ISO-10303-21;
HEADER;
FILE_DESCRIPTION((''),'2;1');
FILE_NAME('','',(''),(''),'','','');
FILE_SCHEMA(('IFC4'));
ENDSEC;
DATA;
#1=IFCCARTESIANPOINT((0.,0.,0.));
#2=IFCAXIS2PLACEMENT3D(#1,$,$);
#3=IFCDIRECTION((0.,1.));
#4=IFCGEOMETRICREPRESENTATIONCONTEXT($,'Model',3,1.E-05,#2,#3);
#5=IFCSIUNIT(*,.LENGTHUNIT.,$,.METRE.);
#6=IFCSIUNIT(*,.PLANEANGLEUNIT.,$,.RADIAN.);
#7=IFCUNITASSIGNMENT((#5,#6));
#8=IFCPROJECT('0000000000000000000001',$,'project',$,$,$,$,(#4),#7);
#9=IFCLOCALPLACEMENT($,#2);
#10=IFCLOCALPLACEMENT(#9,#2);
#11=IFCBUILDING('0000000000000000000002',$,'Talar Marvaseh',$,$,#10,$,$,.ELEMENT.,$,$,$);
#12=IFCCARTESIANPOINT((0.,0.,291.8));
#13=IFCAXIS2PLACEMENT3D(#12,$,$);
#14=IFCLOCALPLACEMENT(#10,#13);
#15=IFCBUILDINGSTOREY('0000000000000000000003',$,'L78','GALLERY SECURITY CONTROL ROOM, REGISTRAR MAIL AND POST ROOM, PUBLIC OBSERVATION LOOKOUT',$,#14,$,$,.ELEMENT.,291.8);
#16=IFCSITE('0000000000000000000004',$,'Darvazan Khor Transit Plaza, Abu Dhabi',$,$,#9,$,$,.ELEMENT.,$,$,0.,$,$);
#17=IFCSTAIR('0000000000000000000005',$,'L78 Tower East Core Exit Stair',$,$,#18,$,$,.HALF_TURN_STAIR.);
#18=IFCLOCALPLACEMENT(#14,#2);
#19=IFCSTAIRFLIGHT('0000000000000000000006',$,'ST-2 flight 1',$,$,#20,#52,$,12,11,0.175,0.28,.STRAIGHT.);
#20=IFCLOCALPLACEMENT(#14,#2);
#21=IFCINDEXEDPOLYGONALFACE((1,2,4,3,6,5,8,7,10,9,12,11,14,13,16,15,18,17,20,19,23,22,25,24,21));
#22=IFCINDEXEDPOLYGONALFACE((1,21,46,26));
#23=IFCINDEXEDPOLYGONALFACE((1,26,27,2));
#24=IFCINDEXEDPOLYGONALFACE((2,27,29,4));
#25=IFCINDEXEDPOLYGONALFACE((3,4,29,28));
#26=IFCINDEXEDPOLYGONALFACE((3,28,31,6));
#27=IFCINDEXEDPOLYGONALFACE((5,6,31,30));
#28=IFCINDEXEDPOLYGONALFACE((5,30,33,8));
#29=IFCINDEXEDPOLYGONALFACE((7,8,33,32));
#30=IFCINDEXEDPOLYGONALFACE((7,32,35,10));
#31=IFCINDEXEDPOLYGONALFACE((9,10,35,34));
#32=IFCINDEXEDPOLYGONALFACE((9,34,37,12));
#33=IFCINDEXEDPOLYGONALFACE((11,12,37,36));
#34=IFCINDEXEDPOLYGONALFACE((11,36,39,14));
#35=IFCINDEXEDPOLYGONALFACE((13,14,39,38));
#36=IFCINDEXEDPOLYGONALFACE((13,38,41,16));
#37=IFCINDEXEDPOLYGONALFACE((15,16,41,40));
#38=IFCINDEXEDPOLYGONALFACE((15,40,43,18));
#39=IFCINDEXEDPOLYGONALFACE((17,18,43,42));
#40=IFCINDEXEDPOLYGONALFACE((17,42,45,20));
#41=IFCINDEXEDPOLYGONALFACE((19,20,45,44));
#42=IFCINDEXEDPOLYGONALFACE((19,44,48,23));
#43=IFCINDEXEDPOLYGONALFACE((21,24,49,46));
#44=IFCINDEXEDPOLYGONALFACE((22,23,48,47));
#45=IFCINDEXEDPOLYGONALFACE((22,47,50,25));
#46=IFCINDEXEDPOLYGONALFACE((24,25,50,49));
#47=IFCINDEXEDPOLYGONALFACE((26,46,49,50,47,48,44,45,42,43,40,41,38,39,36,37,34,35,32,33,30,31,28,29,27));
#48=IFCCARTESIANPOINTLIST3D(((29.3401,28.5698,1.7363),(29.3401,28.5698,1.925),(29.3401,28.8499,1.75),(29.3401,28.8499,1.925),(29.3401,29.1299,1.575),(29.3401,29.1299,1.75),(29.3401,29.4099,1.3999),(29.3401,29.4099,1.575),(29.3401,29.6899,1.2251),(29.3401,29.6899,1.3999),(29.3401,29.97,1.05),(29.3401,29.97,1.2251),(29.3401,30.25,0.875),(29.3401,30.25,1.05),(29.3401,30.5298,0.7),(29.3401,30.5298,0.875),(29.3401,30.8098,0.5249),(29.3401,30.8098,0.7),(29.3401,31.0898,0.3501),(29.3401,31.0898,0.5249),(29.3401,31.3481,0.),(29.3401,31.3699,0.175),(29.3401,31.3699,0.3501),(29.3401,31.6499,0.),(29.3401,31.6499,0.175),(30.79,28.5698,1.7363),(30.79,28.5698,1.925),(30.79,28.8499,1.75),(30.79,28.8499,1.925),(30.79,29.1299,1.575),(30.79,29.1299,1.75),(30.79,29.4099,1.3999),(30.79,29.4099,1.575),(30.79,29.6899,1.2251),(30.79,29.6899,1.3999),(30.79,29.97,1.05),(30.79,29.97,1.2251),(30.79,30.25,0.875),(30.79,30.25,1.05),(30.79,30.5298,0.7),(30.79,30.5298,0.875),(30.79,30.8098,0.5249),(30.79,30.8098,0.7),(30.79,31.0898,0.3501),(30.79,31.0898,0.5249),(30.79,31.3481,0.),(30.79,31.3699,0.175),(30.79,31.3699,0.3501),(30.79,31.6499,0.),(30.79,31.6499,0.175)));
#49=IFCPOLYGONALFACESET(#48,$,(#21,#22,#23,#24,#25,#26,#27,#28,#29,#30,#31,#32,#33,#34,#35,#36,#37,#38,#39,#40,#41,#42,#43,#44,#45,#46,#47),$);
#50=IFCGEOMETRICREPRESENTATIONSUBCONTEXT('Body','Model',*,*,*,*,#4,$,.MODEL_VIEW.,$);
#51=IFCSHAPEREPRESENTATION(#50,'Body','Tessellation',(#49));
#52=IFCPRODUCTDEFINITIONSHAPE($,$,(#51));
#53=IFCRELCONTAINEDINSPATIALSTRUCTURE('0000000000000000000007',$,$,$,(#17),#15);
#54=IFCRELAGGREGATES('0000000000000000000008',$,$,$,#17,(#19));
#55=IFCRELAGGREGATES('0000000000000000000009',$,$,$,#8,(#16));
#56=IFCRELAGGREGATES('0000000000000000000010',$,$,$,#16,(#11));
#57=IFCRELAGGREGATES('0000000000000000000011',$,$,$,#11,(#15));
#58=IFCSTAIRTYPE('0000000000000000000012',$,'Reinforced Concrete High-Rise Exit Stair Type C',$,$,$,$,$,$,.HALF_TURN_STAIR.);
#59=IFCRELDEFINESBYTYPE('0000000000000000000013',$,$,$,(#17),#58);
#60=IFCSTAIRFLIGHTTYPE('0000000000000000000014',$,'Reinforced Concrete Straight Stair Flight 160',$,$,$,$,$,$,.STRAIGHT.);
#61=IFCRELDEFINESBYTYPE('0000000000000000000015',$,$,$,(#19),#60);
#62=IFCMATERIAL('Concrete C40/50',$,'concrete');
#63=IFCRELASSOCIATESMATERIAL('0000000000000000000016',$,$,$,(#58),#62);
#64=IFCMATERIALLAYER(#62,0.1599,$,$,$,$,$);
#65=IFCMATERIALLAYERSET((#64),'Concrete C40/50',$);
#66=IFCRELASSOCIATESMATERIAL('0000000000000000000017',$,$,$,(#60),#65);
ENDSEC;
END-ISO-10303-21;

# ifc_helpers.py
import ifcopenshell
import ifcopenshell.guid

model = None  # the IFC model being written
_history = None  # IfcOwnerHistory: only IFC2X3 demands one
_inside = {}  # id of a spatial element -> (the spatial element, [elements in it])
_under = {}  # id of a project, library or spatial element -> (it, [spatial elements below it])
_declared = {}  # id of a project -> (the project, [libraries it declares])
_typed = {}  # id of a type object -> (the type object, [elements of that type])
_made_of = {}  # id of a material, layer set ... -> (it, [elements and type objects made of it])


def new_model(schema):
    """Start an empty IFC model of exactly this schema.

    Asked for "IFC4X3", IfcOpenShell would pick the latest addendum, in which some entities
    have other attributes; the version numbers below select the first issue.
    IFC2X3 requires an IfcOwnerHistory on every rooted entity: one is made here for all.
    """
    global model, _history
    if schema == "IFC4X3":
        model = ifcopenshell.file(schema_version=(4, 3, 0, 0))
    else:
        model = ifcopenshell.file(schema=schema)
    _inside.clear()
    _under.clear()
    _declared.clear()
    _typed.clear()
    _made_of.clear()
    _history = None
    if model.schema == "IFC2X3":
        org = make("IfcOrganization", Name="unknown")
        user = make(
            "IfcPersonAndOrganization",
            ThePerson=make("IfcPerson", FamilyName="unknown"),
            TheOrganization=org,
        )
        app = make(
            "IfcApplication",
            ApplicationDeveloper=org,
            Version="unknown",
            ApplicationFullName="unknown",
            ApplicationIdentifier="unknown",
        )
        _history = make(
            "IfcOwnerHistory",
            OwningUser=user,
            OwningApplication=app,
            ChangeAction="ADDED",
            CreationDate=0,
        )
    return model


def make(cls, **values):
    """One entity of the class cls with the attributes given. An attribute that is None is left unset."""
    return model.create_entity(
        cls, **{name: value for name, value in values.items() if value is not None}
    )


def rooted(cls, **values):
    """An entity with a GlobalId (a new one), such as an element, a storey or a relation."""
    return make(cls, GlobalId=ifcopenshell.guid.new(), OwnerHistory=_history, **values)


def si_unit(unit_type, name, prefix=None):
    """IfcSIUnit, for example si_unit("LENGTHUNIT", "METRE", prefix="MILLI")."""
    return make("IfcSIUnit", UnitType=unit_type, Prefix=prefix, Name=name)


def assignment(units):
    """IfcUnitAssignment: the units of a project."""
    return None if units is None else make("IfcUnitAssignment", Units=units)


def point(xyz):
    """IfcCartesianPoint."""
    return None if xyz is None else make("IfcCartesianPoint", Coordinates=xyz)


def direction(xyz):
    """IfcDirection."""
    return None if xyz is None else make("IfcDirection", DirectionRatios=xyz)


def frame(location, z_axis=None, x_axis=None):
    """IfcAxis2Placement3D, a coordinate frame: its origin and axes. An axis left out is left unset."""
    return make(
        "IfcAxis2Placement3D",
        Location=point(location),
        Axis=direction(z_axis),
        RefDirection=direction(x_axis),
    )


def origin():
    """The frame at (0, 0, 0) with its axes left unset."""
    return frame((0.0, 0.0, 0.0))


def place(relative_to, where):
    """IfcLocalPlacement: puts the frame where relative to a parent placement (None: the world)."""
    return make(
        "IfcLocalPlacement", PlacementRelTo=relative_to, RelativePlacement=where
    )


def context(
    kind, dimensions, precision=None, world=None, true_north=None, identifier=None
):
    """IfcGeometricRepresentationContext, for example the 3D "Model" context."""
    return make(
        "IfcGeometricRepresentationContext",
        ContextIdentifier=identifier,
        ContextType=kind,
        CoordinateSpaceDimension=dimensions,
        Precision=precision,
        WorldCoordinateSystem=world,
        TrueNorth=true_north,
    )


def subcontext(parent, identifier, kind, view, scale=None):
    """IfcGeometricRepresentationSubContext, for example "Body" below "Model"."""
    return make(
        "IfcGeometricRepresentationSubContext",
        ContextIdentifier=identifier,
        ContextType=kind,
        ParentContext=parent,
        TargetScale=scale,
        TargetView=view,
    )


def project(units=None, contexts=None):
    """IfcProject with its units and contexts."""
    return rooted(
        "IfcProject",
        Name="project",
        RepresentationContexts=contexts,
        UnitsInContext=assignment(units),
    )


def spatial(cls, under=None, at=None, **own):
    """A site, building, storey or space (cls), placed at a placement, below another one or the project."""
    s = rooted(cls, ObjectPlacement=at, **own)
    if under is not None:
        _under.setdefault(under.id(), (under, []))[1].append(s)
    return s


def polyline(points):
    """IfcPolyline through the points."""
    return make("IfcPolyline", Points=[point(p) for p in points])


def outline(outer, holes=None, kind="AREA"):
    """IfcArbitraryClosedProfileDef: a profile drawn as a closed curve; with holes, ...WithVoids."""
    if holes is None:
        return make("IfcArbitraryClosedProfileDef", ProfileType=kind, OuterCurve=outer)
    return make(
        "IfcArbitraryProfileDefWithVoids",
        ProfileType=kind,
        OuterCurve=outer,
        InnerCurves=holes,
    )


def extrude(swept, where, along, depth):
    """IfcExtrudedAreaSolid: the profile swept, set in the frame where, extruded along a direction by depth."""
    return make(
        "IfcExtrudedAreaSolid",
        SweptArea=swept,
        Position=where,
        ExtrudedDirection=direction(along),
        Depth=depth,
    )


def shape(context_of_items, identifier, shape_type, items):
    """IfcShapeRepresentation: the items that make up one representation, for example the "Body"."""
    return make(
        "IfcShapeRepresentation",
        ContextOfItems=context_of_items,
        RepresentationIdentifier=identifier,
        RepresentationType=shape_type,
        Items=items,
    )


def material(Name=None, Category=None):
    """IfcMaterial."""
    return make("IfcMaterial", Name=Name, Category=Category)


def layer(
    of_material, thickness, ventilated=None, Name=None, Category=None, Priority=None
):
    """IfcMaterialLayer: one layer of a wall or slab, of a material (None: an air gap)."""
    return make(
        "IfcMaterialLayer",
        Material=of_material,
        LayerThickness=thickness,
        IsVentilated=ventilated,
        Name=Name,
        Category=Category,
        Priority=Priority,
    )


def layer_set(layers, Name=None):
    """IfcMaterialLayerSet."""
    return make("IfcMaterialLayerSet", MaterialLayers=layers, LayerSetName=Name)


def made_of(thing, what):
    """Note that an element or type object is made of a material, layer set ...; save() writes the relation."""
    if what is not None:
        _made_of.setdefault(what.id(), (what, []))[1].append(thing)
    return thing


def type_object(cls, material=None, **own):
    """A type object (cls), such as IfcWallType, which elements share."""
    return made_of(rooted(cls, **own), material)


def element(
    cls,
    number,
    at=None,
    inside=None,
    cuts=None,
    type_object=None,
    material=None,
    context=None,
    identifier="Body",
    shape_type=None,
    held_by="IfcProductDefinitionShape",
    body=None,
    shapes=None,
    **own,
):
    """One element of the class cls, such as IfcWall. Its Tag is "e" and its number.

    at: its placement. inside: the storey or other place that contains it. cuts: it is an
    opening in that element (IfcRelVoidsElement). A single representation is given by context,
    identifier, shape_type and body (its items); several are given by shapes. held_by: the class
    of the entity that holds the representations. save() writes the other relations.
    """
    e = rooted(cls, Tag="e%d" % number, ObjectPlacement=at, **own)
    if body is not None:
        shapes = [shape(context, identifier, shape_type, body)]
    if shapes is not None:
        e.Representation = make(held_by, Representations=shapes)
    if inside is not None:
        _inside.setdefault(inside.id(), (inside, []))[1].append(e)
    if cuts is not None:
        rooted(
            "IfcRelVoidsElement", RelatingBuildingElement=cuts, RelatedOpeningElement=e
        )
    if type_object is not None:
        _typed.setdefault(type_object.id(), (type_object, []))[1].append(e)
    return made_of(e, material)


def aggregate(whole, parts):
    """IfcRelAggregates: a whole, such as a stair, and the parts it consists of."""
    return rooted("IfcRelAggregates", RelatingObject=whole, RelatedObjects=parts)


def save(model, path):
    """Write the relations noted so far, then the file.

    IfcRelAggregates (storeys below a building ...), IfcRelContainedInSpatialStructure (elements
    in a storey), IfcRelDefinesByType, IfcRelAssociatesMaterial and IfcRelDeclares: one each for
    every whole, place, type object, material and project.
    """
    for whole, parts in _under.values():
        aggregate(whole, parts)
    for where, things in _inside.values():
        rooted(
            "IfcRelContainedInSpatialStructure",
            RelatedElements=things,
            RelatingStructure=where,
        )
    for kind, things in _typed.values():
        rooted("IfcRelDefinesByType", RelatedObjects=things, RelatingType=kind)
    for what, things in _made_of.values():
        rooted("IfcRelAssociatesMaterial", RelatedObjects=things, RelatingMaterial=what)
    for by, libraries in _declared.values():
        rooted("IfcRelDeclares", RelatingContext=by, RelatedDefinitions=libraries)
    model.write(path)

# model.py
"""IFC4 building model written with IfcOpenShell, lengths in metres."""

from ifc_helpers import new_model, si_unit, direction, frame, origin, place, context, subcontext, project, spatial, polyline, outline, extrude, material, layer, layer_set, type_object, element, aggregate, save


model = new_model("IFC4")

# Units and contexts
model_context = context("Model", 3, precision=1e-05, world=origin(), true_north=direction((0.0, 1.0)))
body_context = subcontext(model_context, "Body", "Model", "MODEL_VIEW")
ifc_project = project(units=[si_unit("LENGTHUNIT", "METRE"), si_unit("PLANEANGLEUNIT", "RADIAN")], contexts=[model_context])

# Site, building, storey
site_placement = place(None, origin())
site = spatial("IfcSite", under=ifc_project, at=site_placement, Name="Darvazan Khor Transit Plaza, Abu Dhabi", CompositionType="ELEMENT", RefElevation=0.0)
building_placement = place(site_placement, origin())
building = spatial("IfcBuilding", under=site, at=building_placement, Name="Talar Marvaseh", CompositionType="ELEMENT")
storey_placement = place(building_placement, frame((0.0, 0.0, 291.8)))
storey = spatial("IfcBuildingStorey", under=building, at=storey_placement, Name="L78", Description="GALLERY SECURITY CONTROL ROOM, REGISTRAR MAIL AND POST ROOM, PUBLIC OBSERVATION LOOKOUT", CompositionType="ELEMENT", Elevation=291.8)

# Shared definitions
ifc_material_1 = material(Name="Concrete C40/50", Category="concrete")

# Stair, stair flight
stair_type = type_object("IfcStairType", Name="Reinforced Concrete High-Rise Exit Stair Type C", PredefinedType="HALF_TURN_STAIR", material=ifc_material_1)
stair_placement = place(storey_placement, origin())
stair = element("IfcStair", 1, at=stair_placement, inside=storey, type_object=stair_type, Name="L78 Tower East Core Exit Stair", PredefinedType="HALF_TURN_STAIR")
ifc_layer_1 = layer(ifc_material_1, 0.1599)
ifc_layer_set_1 = layer_set([ifc_layer_1], Name="Concrete C40/50")
stair_flight_type = type_object("IfcStairFlightType", Name="Reinforced Concrete Straight Stair Flight 160", PredefinedType="STRAIGHT", material=ifc_layer_set_1)
stair_flight_placement = place(storey_placement, frame((30.0649, 31.6499, 0.0), z_axis=(0.0, 0.0, 1.0), x_axis=(0.0, -1.0, 0.0)))
stair_flight = element("IfcStairFlight", 2, at=stair_flight_placement, type_object=stair_flight_type, Name="ST-2 flight 1", NumberOfRisers=12, NumberOfTreads=11, PredefinedType="STRAIGHT", RiserHeight=0.175, TreadLength=0.28, context=body_context, shape_type="SweptSolid", body=[
    extrude(outline(polyline([(0.0, 0.0), (0.0, 0.175), (0.28, 0.175), (0.28, 0.3501), (0.5601, 0.3501), (0.5601, 0.5249), (0.8401, 0.5249), (0.8401, 0.7), (1.1201, 0.7), (1.1201, 0.875), (1.3999, 0.875), (1.3999, 1.05), (1.6799, 1.05), (1.6799, 1.2251), (1.96, 1.2251), (1.96, 1.3999), (2.24, 1.3999), (2.24, 1.575), (2.52, 1.575), (2.52, 1.75), (2.8, 1.75), (2.8, 1.925), (3.0801, 1.925), (3.0801, 2.1001), (3.0801, 1.7363), (0.3018, 0.0), (0.0, 0.0)])), frame((0.0, 0.7251, 0.0), z_axis=(0.0, -1.0, 0.0), x_axis=(1.0, 0.0, 0.0)), (0.0, 0.0, 1.0), 1.45),
])
aggregate(stair, [stair_flight])

save(model, "model.ifc")
